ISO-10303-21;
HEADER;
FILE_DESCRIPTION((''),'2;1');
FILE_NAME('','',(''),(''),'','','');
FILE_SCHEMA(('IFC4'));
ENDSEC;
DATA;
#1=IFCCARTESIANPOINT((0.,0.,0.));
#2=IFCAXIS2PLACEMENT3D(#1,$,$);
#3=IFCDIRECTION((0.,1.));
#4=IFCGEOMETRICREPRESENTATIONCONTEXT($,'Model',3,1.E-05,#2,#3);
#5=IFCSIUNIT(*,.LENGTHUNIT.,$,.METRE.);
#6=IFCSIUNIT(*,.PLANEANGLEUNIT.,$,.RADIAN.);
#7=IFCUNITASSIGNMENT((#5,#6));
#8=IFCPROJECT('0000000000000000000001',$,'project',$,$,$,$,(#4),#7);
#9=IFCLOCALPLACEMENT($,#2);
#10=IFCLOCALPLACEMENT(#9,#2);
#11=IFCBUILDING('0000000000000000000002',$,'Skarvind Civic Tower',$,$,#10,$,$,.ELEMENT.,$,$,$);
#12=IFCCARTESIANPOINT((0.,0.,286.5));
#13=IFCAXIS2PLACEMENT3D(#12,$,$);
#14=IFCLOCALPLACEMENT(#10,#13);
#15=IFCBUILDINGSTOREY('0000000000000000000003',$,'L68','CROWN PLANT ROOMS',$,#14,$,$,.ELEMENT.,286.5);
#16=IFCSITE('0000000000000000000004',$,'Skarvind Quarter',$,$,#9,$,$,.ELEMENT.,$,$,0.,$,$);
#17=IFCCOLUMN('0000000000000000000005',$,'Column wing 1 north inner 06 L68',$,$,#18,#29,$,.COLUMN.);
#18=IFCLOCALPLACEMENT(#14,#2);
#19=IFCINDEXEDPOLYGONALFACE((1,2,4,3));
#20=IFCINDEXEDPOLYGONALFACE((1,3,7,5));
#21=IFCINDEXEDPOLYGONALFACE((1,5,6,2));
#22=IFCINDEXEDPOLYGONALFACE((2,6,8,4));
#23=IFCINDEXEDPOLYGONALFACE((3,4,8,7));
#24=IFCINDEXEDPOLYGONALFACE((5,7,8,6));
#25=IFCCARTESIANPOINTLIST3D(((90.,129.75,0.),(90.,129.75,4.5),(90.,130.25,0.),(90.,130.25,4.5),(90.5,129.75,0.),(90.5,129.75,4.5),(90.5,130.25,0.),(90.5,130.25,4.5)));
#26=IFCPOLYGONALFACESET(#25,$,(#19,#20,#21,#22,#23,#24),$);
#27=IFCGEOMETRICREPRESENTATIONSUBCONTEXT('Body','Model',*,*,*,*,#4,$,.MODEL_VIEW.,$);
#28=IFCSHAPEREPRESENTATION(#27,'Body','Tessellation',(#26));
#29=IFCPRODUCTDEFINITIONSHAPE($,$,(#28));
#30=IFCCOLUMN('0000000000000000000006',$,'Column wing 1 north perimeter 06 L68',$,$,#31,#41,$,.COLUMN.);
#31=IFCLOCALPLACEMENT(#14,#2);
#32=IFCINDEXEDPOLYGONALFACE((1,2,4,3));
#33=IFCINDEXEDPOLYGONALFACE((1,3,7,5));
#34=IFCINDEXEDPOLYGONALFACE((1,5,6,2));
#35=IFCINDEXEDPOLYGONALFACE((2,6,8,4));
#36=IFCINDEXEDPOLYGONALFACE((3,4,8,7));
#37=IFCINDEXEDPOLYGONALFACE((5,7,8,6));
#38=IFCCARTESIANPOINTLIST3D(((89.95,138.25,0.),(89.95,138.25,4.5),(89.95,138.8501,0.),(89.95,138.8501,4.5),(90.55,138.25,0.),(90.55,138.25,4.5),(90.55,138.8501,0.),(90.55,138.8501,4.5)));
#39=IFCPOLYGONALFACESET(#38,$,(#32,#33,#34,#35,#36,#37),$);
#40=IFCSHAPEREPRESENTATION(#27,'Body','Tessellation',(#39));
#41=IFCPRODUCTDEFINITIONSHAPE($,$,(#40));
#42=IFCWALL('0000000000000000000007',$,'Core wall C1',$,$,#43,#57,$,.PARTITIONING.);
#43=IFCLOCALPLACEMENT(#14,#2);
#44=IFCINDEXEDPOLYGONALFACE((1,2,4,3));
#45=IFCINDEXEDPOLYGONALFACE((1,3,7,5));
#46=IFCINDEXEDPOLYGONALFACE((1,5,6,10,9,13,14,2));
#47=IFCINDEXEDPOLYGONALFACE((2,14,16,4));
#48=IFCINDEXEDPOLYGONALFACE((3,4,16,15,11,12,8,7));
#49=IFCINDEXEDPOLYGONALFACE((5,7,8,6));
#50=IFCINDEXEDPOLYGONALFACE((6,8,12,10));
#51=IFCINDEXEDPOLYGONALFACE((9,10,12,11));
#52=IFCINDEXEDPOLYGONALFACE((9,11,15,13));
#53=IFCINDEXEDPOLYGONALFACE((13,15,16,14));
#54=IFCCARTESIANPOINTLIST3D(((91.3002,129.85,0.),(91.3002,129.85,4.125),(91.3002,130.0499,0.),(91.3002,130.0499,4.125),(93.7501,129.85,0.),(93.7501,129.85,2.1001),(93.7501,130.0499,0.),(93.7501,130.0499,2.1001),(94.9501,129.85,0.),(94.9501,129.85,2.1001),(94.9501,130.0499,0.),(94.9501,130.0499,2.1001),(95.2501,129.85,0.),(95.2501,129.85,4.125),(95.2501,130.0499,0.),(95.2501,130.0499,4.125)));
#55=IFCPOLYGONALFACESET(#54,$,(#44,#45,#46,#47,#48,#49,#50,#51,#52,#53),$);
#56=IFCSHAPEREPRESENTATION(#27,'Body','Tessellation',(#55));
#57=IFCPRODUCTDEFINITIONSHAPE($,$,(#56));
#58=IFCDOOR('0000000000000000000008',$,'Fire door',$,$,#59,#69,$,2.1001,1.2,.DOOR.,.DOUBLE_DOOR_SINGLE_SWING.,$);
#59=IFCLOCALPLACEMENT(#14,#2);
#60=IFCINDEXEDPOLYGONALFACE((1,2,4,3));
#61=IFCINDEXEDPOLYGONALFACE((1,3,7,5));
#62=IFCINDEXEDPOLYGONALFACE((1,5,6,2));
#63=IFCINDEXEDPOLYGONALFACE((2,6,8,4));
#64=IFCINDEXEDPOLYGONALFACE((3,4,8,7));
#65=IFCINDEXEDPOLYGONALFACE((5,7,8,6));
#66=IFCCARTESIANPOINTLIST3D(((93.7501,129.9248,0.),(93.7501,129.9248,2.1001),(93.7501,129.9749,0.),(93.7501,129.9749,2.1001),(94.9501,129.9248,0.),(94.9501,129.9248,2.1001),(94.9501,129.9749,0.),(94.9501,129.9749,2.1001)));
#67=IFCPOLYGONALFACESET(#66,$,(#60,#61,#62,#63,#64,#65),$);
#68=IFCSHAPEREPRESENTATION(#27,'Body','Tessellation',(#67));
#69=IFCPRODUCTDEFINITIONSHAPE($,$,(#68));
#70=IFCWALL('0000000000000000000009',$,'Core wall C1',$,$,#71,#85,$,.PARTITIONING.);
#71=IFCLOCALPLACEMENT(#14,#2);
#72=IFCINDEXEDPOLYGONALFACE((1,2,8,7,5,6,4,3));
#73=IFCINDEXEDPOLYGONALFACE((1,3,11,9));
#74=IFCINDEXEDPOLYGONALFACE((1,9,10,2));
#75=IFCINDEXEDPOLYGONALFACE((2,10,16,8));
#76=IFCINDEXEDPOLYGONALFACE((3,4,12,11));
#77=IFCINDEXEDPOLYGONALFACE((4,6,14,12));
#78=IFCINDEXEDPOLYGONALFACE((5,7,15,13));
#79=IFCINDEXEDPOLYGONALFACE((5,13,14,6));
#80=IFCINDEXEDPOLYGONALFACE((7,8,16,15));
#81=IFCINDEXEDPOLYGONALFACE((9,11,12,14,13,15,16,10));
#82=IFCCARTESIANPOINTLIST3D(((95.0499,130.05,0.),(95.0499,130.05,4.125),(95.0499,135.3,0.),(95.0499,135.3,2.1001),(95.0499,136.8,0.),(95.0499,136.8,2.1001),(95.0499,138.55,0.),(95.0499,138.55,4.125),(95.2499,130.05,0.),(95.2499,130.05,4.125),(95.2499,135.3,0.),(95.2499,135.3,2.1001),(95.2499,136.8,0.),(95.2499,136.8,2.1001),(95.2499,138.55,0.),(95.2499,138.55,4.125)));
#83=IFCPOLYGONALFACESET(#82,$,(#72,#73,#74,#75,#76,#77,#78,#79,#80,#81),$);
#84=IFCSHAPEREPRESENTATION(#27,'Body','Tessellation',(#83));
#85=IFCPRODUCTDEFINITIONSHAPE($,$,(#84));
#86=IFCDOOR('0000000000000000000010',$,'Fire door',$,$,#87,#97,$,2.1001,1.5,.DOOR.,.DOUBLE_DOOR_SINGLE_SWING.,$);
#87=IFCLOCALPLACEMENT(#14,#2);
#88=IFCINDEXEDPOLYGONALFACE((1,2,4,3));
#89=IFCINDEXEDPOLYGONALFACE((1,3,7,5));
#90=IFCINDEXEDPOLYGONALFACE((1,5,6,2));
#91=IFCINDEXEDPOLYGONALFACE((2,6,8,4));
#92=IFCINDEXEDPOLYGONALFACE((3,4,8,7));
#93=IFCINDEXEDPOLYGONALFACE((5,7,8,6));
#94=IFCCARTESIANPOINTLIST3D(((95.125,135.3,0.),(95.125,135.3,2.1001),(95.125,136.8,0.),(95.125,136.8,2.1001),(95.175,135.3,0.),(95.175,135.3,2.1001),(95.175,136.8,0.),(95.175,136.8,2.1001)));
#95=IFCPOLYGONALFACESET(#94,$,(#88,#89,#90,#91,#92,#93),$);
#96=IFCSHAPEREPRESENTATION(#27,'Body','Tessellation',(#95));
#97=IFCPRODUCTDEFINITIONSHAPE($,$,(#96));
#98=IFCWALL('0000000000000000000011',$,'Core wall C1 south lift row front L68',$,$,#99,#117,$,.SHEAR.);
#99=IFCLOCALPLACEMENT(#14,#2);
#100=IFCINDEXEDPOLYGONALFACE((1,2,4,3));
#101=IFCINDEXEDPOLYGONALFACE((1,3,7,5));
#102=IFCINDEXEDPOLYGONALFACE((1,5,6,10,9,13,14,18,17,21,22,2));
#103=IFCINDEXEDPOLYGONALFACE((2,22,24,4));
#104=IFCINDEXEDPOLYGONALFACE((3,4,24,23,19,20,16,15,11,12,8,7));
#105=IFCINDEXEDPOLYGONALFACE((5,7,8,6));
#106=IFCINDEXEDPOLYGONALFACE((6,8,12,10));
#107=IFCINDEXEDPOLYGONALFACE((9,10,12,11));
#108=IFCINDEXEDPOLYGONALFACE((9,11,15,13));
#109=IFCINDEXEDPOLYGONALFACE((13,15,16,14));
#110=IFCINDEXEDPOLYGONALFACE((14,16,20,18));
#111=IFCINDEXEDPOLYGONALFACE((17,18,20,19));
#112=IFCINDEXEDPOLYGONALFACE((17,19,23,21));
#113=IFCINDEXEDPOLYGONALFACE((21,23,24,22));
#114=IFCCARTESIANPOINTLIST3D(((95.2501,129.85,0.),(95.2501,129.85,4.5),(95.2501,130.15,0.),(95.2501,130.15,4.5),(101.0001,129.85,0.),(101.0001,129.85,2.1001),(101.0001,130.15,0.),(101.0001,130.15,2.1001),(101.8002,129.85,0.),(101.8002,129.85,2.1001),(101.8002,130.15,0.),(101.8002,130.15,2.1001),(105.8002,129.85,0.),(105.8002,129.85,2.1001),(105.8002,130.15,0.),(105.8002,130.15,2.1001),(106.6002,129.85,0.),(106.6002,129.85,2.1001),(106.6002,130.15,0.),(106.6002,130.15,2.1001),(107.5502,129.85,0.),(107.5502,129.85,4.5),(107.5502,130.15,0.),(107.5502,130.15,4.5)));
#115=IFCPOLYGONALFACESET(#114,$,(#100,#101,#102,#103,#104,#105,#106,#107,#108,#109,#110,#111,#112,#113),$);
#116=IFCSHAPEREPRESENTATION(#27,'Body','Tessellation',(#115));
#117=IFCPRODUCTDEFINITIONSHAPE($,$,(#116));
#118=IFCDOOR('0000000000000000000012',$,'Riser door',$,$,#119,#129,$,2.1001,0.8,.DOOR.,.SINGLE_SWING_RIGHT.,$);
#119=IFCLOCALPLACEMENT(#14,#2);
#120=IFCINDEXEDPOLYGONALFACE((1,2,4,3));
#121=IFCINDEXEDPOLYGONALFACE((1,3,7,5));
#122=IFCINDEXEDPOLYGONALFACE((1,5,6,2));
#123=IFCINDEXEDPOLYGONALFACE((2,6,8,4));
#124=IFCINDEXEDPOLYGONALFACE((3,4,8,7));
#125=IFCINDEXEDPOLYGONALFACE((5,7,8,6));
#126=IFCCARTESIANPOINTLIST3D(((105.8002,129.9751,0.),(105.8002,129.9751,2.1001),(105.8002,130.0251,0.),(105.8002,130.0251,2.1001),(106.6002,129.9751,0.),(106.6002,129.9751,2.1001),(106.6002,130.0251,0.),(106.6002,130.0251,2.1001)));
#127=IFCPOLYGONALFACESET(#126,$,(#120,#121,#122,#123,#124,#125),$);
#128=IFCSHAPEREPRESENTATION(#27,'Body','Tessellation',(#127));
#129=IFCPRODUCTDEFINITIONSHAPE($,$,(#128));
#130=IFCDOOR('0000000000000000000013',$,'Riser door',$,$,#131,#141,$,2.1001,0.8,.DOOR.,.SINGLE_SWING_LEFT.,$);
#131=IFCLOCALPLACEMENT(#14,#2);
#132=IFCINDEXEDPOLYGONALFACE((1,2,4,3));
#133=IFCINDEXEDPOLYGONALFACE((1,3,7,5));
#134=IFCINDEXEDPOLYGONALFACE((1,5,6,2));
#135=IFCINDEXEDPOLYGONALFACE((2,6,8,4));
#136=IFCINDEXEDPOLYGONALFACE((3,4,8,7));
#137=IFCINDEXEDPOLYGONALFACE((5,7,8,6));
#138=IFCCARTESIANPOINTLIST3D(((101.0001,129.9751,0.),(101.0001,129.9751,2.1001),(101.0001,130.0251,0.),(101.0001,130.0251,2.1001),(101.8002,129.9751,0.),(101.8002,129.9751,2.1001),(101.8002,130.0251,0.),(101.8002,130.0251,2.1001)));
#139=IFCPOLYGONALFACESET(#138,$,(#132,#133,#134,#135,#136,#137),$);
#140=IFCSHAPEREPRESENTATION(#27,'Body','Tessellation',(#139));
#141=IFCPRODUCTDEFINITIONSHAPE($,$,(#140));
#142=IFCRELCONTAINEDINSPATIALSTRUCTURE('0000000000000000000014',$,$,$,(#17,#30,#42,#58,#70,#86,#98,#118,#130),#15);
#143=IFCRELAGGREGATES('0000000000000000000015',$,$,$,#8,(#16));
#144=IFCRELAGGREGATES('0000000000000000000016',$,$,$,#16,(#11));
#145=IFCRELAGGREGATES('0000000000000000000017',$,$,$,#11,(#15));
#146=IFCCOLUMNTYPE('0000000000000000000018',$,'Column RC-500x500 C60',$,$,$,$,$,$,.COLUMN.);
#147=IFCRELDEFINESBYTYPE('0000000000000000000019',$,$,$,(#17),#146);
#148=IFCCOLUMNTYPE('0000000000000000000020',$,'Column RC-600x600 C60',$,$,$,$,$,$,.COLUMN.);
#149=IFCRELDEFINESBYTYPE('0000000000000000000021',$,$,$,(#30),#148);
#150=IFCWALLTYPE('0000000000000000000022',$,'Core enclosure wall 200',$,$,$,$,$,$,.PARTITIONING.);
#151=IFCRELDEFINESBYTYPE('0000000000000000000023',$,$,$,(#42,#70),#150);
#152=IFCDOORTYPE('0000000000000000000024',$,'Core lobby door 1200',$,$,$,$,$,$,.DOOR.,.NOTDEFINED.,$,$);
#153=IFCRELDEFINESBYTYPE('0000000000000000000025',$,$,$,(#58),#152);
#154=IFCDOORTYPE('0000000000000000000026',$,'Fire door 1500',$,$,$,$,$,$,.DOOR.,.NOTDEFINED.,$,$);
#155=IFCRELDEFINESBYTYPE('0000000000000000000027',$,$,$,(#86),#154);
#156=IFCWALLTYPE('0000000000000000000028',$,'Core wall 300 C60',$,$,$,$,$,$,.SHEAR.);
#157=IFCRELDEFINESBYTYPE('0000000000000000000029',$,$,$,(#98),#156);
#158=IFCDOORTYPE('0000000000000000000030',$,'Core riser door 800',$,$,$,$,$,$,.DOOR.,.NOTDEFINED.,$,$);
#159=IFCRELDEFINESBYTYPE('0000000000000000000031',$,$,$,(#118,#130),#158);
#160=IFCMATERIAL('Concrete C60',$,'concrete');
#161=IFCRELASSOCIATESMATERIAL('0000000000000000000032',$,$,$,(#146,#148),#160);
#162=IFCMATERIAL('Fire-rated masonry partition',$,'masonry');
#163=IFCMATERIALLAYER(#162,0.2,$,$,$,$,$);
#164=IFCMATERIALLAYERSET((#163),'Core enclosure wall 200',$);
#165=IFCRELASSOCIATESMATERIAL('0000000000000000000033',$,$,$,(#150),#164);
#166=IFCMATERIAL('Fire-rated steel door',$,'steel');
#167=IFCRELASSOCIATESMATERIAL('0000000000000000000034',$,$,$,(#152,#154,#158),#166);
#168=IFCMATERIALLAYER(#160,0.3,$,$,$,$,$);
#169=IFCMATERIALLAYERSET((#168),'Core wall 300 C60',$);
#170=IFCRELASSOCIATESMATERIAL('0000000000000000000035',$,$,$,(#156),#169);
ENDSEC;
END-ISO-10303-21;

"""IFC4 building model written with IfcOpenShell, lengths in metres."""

from ifc_helpers import new_model, si_unit, direction, frame, frame_2d, origin, origin_2d, place, context, subcontext, project, spatial, rectangle, extrude, material, layer, layer_set, material_profile, profile_set, type_object, element, fill, save


model = new_model("IFC4")

# Units and contexts
model_context = context("Model", 3, precision=1e-05, world=origin(), true_north=direction((0.0, 1.0)))
body_context = subcontext(model_context, "Body", "Model", "MODEL_VIEW")
ifc_project = project(units=[si_unit("LENGTHUNIT", "METRE"), si_unit("PLANEANGLEUNIT", "RADIAN")], contexts=[model_context])

# Site, building, storey
site_placement = place(None, origin())
site = spatial("IfcSite", under=ifc_project, at=site_placement, Name="Skarvind Quarter", CompositionType="ELEMENT", RefElevation=0.0)
building_placement = place(site_placement, origin())
building = spatial("IfcBuilding", under=site, at=building_placement, Name="Skarvind Civic Tower", CompositionType="ELEMENT")
storey_placement = place(building_placement, frame((0.0, 0.0, 286.5)))
storey = spatial("IfcBuildingStorey", under=building, at=storey_placement, Name="L68", Description="CROWN PLANT ROOMS", CompositionType="ELEMENT", Elevation=286.5)

# Columns
ifc_material_1 = material(Name="Concrete C60", Category="concrete")
ifc_material_profile_1 = material_profile(ifc_material_1, rectangle(XDim=0.5, YDim=0.5, at=origin_2d()), Name="RC-500x500")
ifc_profile_set_1 = profile_set([ifc_material_profile_1], Name="Concrete C60")
column_type_1 = type_object("IfcColumnType", Name="Column RC-500x500 C60", PredefinedType="COLUMN", material=ifc_profile_set_1)
column_1_placement = place(storey_placement, frame((90.25, 130.0, 0.0), z_axis=(0.0, 0.0, 1.0), x_axis=(1.0, 0.0, 0.0)))
element("IfcColumn", 1, at=column_1_placement, inside=storey, type_object=column_type_1, Name="Column wing 1 north inner 06 L68", PredefinedType="COLUMN", context=body_context, shape_type="SweptSolid", body=[
    extrude(rectangle(XDim=0.5, YDim=0.5, at=origin_2d()), origin(), (0.0, 0.0, 1.0), 4.5),
])
ifc_material_profile_2 = material_profile(ifc_material_1, rectangle(XDim=0.6001, YDim=0.6001, at=origin_2d()), Name="RC-600x600")
ifc_profile_set_2 = profile_set([ifc_material_profile_2], Name="Concrete C60")
column_type_2 = type_object("IfcColumnType", Name="Column RC-600x600 C60", PredefinedType="COLUMN", material=ifc_profile_set_2)
column_2_placement = place(storey_placement, frame((90.25, 138.55, 0.0), z_axis=(0.0, 0.0, 1.0), x_axis=(1.0, 0.0, 0.0)))
element("IfcColumn", 2, at=column_2_placement, inside=storey, type_object=column_type_2, Name="Column wing 1 north perimeter 06 L68", PredefinedType="COLUMN", context=body_context, shape_type="SweptSolid", body=[
    extrude(rectangle(XDim=0.6001, YDim=0.6001, at=origin_2d()), origin(), (0.0, 0.0, 1.0), 4.5),
])

# Walls, openings, doors
ifc_material_2 = material(Name="Fire-rated masonry partition", Category="masonry")
ifc_layer_1 = layer(ifc_material_2, 0.2)
ifc_layer_set_1 = layer_set([ifc_layer_1], Name="Core enclosure wall 200")
wall_type_1 = type_object("IfcWallType", Name="Core enclosure wall 200", PredefinedType="PARTITIONING", material=ifc_layer_set_1)
wall_1_placement = place(storey_placement, frame((91.3, 129.95, 0.0), z_axis=(0.0, 0.0, 1.0), x_axis=(1.0, 0.0, 0.0)))
wall_1 = element("IfcWall", 3, at=wall_1_placement, inside=storey, type_object=wall_type_1, Name="Core wall C1", PredefinedType="PARTITIONING", context=body_context, shape_type="SweptSolid", body=[
    extrude(rectangle(XDim=3.95, YDim=0.2, at=frame_2d((1.9751, 0.0))), origin(), (0.0, 0.0, 1.0), 4.125),
])
opening_1_placement = place(wall_1_placement, frame((2.45, 0.0, 0.0)))
opening_1 = element("IfcOpeningElement", 4, at=opening_1_placement, cuts=wall_1, PredefinedType="OPENING", context=body_context, shape_type="SweptSolid", body=[
    extrude(rectangle(XDim=1.2, YDim=2.1001, at=frame_2d((0.6001, 1.05))), frame((0.0, 0.1099, 0.0), z_axis=(0.0, -1.0, 0.0), x_axis=(1.0, 0.0, 0.0)), (0.0, 0.0, 1.0), 0.22),
])
ifc_material_3 = material(Name="Fire-rated steel door", Category="steel")
door_type_1 = type_object("IfcDoorType", Name="Core lobby door 1200", OperationType="NOTDEFINED", PredefinedType="DOOR", material=ifc_material_3)
door_1_placement = place(opening_1_placement, origin())
door_1 = element("IfcDoor", 5, at=door_1_placement, inside=storey, type_object=door_type_1, Name="Fire door", OperationType="DOUBLE_DOOR_SINGLE_SWING", OverallHeight=2.1001, OverallWidth=1.2, PredefinedType="DOOR", context=body_context, shape_type="SweptSolid", body=[
    extrude(rectangle(XDim=1.2, YDim=2.1001, at=frame_2d((0.6001, 1.05))), frame((0.0, 0.0249, 0.0), z_axis=(0.0, -1.0, 0.0), x_axis=(1.0, 0.0, 0.0)), (0.0, 0.0, 1.0), 0.05),
])
fill(opening_1, door_1)
wall_2_placement = place(storey_placement, frame((95.1499, 130.05, 0.0), z_axis=(0.0, 0.0, 1.0), x_axis=(0.0, 1.0, 0.0)))
wall_2 = element("IfcWall", 6, at=wall_2_placement, inside=storey, type_object=wall_type_1, Name="Core wall C1", PredefinedType="PARTITIONING", context=body_context, shape_type="SweptSolid", body=[
    extrude(rectangle(XDim=8.5, YDim=0.2, at=frame_2d((4.25, 0.0))), origin(), (0.0, 0.0, 1.0), 4.125),
])
opening_2_placement = place(wall_2_placement, frame((5.25, 0.0, 0.0)))
opening_2 = element("IfcOpeningElement", 7, at=opening_2_placement, cuts=wall_2, PredefinedType="OPENING", context=body_context, shape_type="SweptSolid", body=[
    extrude(rectangle(XDim=1.5, YDim=2.1001, at=frame_2d((0.75, 1.05))), frame((0.0, 0.1099, 0.0), z_axis=(0.0, -1.0, 0.0), x_axis=(1.0, 0.0, 0.0)), (0.0, 0.0, 1.0), 0.22),
])
door_type_2 = type_object("IfcDoorType", Name="Fire door 1500", OperationType="NOTDEFINED", PredefinedType="DOOR", material=ifc_material_3)
door_2_placement = place(opening_2_placement, origin())
door_2 = element("IfcDoor", 8, at=door_2_placement, inside=storey, type_object=door_type_2, Name="Fire door", OperationType="DOUBLE_DOOR_SINGLE_SWING", OverallHeight=2.1001, OverallWidth=1.5, PredefinedType="DOOR", context=body_context, shape_type="SweptSolid", body=[
    extrude(rectangle(XDim=1.5, YDim=2.1001, at=frame_2d((0.75, 1.05))), frame((0.0, 0.0249, 0.0), z_axis=(0.0, -1.0, 0.0), x_axis=(1.0, 0.0, 0.0)), (0.0, 0.0, 1.0), 0.05),
])
fill(opening_2, door_2)

# Wall, openings, doors
ifc_layer_2 = layer(ifc_material_1, 0.3)
ifc_layer_set_2 = layer_set([ifc_layer_2], Name="Core wall 300 C60")
wall_type_2 = type_object("IfcWallType", Name="Core wall 300 C60", PredefinedType="SHEAR", material=ifc_layer_set_2)
wall_3_placement = place(storey_placement, frame((107.55, 130.0, 0.0), z_axis=(0.0, 0.0, 1.0), x_axis=(-1.0, 0.0, 0.0)))
wall_3 = element("IfcWall", 9, at=wall_3_placement, inside=storey, type_object=wall_type_2, Name="Core wall C1 south lift row front L68", PredefinedType="SHEAR", context=body_context, shape_type="SweptSolid", body=[
    extrude(rectangle(XDim=12.3, YDim=0.3, at=frame_2d((6.1499, 0.0))), origin(), (0.0, 0.0, 1.0), 4.5),
])
opening_3_placement = place(wall_3_placement, frame((0.95, 0.0, 0.0)))
opening_3 = element("IfcOpeningElement", 10, at=opening_3_placement, cuts=wall_3, PredefinedType="OPENING", context=body_context, shape_type="SweptSolid", body=[
    extrude(rectangle(XDim=0.8, YDim=2.1001, at=frame_2d((0.3999, 1.05))), frame((0.0, 0.1599, 0.0), z_axis=(0.0, -1.0, 0.0), x_axis=(1.0, 0.0, 0.0)), (0.0, 0.0, 1.0), 0.3201),
])
opening_4_placement = place(wall_3_placement, frame((5.75, 0.0, 0.0)))
opening_4 = element("IfcOpeningElement", 11, at=opening_4_placement, cuts=wall_3, PredefinedType="OPENING", context=body_context, shape_type="SweptSolid", body=[
    extrude(rectangle(XDim=0.8, YDim=2.1001, at=frame_2d((0.3999, 1.05))), frame((0.0, 0.1599, 0.0), z_axis=(0.0, -1.0, 0.0), x_axis=(1.0, 0.0, 0.0)), (0.0, 0.0, 1.0), 0.3201),
])
door_type_3 = type_object("IfcDoorType", Name="Core riser door 800", OperationType="NOTDEFINED", PredefinedType="DOOR", material=ifc_material_3)
door_3_placement = place(opening_3_placement, origin())
door_3 = element("IfcDoor", 12, at=door_3_placement, inside=storey, type_object=door_type_3, Name="Riser door", OperationType="SINGLE_SWING_RIGHT", OverallHeight=2.1001, OverallWidth=0.8, PredefinedType="DOOR", context=body_context, shape_type="SweptSolid", body=[
    extrude(rectangle(XDim=0.8, YDim=2.1001, at=frame_2d((0.3999, 1.05))), frame((0.0, 0.0249, 0.0), z_axis=(0.0, -1.0, 0.0), x_axis=(1.0, 0.0, 0.0)), (0.0, 0.0, 1.0), 0.05),
])
fill(opening_3, door_3)
door_4_placement = place(opening_4_placement, origin())
door_4 = element("IfcDoor", 13, at=door_4_placement, inside=storey, type_object=door_type_3, Name="Riser door", OperationType="SINGLE_SWING_LEFT", OverallHeight=2.1001, OverallWidth=0.8, PredefinedType="DOOR", context=body_context, shape_type="SweptSolid", body=[
    extrude(rectangle(XDim=0.8, YDim=2.1001, at=frame_2d((0.3999, 1.05))), frame((0.0, 0.0249, 0.0), z_axis=(0.0, -1.0, 0.0), x_axis=(1.0, 0.0, 0.0)), (0.0, 0.0, 1.0), 0.05),
])
fill(opening_4, door_4)

save(model, "model.ifc")
